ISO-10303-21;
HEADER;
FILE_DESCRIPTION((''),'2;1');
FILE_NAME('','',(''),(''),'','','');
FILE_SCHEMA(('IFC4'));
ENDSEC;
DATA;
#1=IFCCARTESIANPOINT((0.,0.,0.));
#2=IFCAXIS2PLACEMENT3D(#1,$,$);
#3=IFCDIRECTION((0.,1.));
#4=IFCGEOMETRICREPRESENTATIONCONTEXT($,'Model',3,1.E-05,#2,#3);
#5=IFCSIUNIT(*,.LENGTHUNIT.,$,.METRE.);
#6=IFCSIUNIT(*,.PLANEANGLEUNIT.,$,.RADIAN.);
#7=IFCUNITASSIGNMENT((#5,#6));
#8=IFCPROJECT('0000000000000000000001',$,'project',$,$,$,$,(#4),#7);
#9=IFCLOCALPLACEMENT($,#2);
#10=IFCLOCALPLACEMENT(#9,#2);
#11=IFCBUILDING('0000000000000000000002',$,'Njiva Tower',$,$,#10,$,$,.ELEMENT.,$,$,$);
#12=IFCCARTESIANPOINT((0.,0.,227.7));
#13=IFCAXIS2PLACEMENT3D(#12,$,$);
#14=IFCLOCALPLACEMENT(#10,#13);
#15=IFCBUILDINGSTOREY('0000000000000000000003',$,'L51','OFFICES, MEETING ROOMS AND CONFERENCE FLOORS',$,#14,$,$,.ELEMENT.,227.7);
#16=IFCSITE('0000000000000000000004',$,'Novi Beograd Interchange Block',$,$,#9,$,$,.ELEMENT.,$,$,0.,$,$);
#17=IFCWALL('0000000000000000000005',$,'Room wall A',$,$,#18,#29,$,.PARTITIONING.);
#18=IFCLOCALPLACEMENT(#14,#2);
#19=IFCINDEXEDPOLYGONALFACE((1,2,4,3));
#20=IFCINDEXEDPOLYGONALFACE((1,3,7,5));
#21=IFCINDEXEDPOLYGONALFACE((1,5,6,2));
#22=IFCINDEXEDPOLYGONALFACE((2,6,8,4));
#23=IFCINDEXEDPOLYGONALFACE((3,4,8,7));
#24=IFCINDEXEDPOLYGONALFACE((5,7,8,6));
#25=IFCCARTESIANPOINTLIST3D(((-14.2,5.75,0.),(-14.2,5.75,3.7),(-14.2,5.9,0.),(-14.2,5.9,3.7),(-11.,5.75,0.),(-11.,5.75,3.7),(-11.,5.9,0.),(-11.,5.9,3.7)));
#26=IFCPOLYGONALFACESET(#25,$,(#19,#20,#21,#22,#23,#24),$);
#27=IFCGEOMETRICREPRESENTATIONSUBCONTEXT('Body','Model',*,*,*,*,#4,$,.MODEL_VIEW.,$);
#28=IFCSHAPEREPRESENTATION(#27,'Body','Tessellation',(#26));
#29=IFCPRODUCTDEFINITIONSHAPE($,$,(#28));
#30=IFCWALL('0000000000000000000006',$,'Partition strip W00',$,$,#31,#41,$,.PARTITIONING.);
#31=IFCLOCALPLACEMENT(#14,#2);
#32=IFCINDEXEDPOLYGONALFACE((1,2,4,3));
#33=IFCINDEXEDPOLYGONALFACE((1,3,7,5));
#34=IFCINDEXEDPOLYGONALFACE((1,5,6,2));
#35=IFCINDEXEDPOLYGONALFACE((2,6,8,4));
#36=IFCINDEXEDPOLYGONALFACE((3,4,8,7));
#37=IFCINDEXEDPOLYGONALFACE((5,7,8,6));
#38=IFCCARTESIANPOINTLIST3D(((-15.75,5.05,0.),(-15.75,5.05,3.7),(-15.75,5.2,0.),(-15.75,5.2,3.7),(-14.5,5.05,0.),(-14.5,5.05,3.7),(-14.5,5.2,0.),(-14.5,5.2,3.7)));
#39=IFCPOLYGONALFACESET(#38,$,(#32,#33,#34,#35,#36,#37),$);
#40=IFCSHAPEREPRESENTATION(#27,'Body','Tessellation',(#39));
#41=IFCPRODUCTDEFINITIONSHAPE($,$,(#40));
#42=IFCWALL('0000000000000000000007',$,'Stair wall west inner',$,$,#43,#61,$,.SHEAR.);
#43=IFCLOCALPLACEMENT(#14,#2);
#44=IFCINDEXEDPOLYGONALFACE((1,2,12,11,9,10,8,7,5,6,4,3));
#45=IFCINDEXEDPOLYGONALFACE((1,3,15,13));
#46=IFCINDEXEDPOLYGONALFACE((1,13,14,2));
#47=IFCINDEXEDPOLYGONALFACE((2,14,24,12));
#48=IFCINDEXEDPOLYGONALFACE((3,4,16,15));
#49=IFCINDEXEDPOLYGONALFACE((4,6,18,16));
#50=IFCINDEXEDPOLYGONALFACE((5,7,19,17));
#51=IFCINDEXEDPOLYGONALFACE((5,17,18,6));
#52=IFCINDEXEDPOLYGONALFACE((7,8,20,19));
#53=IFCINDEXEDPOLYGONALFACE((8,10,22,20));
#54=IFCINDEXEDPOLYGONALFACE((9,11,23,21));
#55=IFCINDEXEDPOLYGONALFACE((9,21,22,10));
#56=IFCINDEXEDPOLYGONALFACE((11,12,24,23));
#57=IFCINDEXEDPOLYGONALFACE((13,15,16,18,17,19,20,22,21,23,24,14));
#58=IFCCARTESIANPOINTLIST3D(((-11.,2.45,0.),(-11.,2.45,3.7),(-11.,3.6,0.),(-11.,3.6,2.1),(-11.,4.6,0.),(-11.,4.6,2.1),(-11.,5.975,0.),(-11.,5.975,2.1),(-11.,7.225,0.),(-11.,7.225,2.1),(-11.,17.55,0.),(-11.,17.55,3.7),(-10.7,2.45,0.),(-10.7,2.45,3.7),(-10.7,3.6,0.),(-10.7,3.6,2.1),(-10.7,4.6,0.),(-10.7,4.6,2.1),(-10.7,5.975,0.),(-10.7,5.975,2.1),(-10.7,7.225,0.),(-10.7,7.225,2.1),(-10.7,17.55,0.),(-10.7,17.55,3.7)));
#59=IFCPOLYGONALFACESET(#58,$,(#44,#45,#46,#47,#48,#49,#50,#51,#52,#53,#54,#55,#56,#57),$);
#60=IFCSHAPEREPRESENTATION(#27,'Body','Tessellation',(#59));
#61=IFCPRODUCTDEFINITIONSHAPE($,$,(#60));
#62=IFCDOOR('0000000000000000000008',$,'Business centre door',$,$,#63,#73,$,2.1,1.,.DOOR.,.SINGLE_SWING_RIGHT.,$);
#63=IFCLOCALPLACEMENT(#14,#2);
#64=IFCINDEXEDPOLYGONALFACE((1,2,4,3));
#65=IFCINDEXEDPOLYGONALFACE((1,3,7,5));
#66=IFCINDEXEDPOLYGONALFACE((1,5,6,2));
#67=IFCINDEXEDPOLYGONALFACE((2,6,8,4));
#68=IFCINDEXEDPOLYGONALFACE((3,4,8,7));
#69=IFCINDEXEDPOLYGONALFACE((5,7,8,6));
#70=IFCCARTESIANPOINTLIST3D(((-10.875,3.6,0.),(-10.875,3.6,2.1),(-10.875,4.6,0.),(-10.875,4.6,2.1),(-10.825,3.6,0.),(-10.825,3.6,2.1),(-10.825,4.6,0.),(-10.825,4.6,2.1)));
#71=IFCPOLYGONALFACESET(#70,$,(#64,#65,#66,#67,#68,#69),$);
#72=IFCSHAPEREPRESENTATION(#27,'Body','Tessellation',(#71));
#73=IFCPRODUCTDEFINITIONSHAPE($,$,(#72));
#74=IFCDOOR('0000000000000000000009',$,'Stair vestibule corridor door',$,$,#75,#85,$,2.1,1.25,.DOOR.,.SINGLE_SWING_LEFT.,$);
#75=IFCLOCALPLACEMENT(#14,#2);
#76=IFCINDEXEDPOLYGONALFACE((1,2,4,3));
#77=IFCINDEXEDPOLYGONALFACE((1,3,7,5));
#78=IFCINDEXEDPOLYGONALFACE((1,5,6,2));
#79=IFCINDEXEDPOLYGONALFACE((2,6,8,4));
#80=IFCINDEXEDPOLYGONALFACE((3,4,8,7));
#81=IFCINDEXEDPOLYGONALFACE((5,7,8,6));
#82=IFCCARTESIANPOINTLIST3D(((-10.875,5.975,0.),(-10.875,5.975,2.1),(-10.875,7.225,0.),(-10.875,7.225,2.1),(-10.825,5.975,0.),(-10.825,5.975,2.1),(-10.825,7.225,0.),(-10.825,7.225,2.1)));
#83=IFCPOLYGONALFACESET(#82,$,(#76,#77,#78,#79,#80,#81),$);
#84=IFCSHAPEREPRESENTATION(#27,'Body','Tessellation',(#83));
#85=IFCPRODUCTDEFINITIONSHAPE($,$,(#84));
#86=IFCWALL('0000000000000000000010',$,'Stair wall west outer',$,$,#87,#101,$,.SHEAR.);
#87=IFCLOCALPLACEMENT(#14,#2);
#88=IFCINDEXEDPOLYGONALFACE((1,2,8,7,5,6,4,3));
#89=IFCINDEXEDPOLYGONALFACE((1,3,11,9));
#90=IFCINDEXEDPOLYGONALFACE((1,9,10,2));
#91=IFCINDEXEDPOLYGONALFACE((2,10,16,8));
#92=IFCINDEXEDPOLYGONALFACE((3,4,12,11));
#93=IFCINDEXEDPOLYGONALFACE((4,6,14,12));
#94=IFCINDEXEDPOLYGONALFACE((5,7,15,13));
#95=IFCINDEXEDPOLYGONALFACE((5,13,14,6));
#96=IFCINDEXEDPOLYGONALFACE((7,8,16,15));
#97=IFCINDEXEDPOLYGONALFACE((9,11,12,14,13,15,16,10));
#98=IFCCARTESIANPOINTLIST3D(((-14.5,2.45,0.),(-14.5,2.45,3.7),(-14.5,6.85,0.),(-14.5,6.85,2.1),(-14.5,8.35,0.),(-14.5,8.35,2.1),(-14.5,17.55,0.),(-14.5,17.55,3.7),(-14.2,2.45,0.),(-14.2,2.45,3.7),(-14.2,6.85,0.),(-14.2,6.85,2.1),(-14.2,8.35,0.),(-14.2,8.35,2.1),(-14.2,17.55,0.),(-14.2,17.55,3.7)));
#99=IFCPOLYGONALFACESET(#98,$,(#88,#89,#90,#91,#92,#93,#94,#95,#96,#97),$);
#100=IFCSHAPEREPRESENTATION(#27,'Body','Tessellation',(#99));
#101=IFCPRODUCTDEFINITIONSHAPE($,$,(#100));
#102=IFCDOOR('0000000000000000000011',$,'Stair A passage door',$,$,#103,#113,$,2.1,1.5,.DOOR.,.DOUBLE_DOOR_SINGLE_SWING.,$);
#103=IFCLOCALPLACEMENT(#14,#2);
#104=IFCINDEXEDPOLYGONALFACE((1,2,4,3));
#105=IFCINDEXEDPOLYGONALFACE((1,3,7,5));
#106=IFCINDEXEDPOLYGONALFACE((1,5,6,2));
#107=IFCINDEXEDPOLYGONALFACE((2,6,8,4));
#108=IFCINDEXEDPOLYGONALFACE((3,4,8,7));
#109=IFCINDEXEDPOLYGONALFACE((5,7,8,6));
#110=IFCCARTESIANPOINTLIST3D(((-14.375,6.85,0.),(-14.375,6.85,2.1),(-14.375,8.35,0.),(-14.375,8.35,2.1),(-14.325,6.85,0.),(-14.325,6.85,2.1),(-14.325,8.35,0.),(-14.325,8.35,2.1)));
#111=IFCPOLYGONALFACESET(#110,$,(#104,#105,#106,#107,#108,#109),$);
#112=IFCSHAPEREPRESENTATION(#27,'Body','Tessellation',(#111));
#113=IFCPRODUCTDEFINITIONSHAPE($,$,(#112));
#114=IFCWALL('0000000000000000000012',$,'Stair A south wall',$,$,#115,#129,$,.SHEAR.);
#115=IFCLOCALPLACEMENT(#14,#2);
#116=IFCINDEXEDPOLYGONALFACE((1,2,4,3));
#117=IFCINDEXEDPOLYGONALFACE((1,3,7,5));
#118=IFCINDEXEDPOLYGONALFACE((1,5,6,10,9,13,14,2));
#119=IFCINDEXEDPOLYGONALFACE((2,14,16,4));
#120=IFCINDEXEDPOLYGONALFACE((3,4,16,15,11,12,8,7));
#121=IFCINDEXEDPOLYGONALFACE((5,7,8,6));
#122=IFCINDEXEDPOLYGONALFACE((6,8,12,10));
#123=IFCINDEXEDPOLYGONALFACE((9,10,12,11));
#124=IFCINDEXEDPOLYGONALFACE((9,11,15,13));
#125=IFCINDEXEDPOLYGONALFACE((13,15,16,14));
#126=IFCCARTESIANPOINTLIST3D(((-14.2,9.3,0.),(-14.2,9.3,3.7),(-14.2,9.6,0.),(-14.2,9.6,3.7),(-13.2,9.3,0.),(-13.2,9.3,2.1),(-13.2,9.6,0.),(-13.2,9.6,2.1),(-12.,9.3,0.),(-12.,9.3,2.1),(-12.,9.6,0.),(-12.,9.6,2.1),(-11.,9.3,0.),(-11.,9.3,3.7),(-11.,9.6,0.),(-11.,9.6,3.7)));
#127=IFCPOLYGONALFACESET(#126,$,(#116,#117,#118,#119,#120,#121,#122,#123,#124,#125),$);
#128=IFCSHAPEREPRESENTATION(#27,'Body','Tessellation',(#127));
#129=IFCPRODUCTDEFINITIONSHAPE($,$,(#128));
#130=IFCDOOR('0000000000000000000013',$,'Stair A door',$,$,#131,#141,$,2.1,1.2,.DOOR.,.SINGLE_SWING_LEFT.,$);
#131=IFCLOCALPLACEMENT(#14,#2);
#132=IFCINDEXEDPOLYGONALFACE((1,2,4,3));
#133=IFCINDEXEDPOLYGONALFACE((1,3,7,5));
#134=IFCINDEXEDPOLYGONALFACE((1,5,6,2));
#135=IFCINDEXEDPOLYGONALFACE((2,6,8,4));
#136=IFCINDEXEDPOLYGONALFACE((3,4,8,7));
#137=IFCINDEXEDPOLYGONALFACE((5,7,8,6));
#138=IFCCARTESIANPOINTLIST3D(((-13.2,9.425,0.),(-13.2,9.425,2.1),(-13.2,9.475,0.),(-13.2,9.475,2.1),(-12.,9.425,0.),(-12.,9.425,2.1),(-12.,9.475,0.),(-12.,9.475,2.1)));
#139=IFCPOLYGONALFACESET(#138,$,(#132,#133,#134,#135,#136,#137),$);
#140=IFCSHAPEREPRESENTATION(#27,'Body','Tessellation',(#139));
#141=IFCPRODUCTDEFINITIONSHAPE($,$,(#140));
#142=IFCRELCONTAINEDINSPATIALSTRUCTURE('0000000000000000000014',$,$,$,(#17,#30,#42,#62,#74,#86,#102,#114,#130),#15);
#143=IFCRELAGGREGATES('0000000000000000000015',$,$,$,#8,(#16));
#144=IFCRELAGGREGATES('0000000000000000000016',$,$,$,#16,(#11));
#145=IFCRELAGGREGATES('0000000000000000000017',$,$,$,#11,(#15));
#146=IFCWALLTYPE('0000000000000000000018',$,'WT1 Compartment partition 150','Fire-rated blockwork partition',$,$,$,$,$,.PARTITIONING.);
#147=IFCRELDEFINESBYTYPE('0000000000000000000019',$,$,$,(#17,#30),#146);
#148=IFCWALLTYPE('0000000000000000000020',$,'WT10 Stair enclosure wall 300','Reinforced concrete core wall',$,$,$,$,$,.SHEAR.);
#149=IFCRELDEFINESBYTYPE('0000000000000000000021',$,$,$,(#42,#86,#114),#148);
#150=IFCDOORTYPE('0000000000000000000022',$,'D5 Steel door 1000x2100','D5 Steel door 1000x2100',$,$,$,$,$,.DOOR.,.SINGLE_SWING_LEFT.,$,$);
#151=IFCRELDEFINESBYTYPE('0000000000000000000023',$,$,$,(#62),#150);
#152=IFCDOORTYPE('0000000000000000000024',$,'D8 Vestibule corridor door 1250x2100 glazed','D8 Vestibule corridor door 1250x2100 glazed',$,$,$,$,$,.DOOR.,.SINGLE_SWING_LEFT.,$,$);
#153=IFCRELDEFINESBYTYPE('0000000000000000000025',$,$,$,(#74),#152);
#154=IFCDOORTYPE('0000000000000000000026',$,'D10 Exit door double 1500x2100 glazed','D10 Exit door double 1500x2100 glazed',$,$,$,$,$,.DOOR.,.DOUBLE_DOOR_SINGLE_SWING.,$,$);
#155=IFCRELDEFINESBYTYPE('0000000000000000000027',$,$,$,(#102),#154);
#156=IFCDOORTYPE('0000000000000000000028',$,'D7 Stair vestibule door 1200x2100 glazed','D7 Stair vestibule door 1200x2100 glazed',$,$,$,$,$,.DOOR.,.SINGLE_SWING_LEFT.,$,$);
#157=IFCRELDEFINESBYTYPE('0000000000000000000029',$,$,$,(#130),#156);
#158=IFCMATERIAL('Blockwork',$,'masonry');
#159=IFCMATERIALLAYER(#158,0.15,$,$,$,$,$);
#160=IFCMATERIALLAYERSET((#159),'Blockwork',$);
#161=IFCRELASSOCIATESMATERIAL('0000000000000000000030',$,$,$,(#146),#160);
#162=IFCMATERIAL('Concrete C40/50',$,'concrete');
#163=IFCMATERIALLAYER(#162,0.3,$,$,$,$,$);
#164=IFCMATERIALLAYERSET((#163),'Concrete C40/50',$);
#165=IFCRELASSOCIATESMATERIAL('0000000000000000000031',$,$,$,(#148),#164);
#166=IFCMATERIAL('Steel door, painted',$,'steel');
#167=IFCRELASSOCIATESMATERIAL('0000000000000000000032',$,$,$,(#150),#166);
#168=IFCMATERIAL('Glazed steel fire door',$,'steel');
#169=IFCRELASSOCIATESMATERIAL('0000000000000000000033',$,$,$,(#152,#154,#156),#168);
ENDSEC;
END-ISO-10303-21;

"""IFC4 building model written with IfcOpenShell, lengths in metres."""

from ifc_helpers import new_model, si_unit, direction, frame, frame_2d, origin, place, context, subcontext, project, spatial, rectangle, extrude, material, layer, layer_set, type_object, element, fill, save


model = new_model("IFC4")

# Units and contexts
model_context = context("Model", 3, precision=1e-05, world=origin(), true_north=direction((0.0, 1.0)))
body_context = subcontext(model_context, "Body", "Model", "MODEL_VIEW")
ifc_project = project(units=[si_unit("LENGTHUNIT", "METRE"), si_unit("PLANEANGLEUNIT", "RADIAN")], contexts=[model_context])

# Site, building, storey
site_placement = place(None, origin())
site = spatial("IfcSite", under=ifc_project, at=site_placement, Name="Novi Beograd Interchange Block", CompositionType="ELEMENT", RefElevation=0.0)
building_placement = place(site_placement, origin())
building = spatial("IfcBuilding", under=site, at=building_placement, Name="Njiva Tower", CompositionType="ELEMENT")
storey_placement = place(building_placement, frame((0.0, 0.0, 227.7)))
storey = spatial("IfcBuildingStorey", under=building, at=storey_placement, Name="L51", Description="OFFICES, MEETING ROOMS AND CONFERENCE FLOORS", CompositionType="ELEMENT", Elevation=227.7)

# Walls
ifc_material_1 = material(Name="Blockwork", Category="masonry")
ifc_layer_1 = layer(ifc_material_1, 0.15)
ifc_layer_set_1 = layer_set([ifc_layer_1], Name="Blockwork")
wall_type_1 = type_object("IfcWallType", Name="WT1 Compartment partition 150", Description="Fire-rated blockwork partition", PredefinedType="PARTITIONING", material=ifc_layer_set_1)
wall_1_placement = place(storey_placement, frame((-14.2, 5.825, 0.0), z_axis=(0.0, 0.0, 1.0), x_axis=(1.0, 0.0, 0.0)))
element("IfcWall", 1, at=wall_1_placement, inside=storey, type_object=wall_type_1, Name="Room wall A", PredefinedType="PARTITIONING", context=body_context, shape_type="SweptSolid", body=[
    extrude(rectangle(XDim=3.2, YDim=0.15, at=frame_2d((1.6, 0.0))), origin(), (0.0, 0.0, 1.0), 3.7),
])
wall_2_placement = place(storey_placement, frame((-15.75, 5.125, 0.0), z_axis=(0.0, 0.0, 1.0), x_axis=(1.0, 0.0, 0.0)))
element("IfcWall", 2, at=wall_2_placement, inside=storey, type_object=wall_type_1, Name="Partition strip W00", PredefinedType="PARTITIONING", context=body_context, shape_type="SweptSolid", body=[
    extrude(rectangle(XDim=1.25, YDim=0.15, at=frame_2d((0.625, 0.0))), origin(), (0.0, 0.0, 1.0), 3.7),
])

# Wall, openings, doors
ifc_material_2 = material(Name="Concrete C40/50", Category="concrete")
ifc_layer_2 = layer(ifc_material_2, 0.3)
ifc_layer_set_2 = layer_set([ifc_layer_2], Name="Concrete C40/50")
wall_type_2 = type_object("IfcWallType", Name="WT10 Stair enclosure wall 300", Description="Reinforced concrete core wall", PredefinedType="SHEAR", material=ifc_layer_set_2)
wall_3_placement = place(storey_placement, frame((-10.85, 2.45, 0.0), z_axis=(0.0, 0.0, 1.0), x_axis=(0.0, 1.0, 0.0)))
wall_3 = element("IfcWall", 3, at=wall_3_placement, inside=storey, type_object=wall_type_2, Name="Stair wall west inner", PredefinedType="SHEAR", context=body_context, shape_type="SweptSolid", body=[
    extrude(rectangle(XDim=15.1, YDim=0.3, at=frame_2d((7.55, 0.0))), origin(), (0.0, 0.0, 1.0), 3.7),
])
opening_1_placement = place(wall_3_placement, frame((3.525, 0.0, 0.0)))
opening_1 = element("IfcOpeningElement", 4, at=opening_1_placement, cuts=wall_3, PredefinedType="OPENING", context=body_context, shape_type="SweptSolid", body=[
    extrude(rectangle(XDim=1.25, YDim=2.1, at=frame_2d((0.625, 1.05))), frame((0.0, 0.16, 0.0), z_axis=(0.0, -1.0, 0.0), x_axis=(1.0, 0.0, 0.0)), (0.0, 0.0, 1.0), 0.32),
])
opening_2_placement = place(wall_3_placement, frame((1.15, 0.0, 0.0)))
opening_2 = element("IfcOpeningElement", 5, at=opening_2_placement, cuts=wall_3, PredefinedType="OPENING", context=body_context, shape_type="SweptSolid", body=[
    extrude(rectangle(XDim=1.0, YDim=2.1, at=frame_2d((0.5, 1.05))), frame((0.0, 0.16, 0.0), z_axis=(0.0, -1.0, 0.0), x_axis=(1.0, 0.0, 0.0)), (0.0, 0.0, 1.0), 0.32),
])
ifc_material_3 = material(Name="Steel door, painted", Category="steel")
door_type_1 = type_object("IfcDoorType", Name="D5 Steel door 1000x2100", Description="D5 Steel door 1000x2100", OperationType="SINGLE_SWING_LEFT", PredefinedType="DOOR", material=ifc_material_3)
door_1_placement = place(opening_2_placement, origin())
door_1 = element("IfcDoor", 6, at=door_1_placement, inside=storey, type_object=door_type_1, Name="Business centre door", OperationType="SINGLE_SWING_RIGHT", OverallHeight=2.1, OverallWidth=1.0, PredefinedType="DOOR", context=body_context, shape_type="SweptSolid", body=[
    extrude(rectangle(XDim=1.0, YDim=2.1, at=frame_2d((0.5, 1.05))), frame((0.0, 0.025, 0.0), z_axis=(0.0, -1.0, 0.0), x_axis=(1.0, 0.0, 0.0)), (0.0, 0.0, 1.0), 0.05),
])
fill(opening_2, door_1)
ifc_material_4 = material(Name="Glazed steel fire door", Category="steel")
door_type_2 = type_object("IfcDoorType", Name="D8 Vestibule corridor door 1250x2100 glazed", Description="D8 Vestibule corridor door 1250x2100 glazed", OperationType="SINGLE_SWING_LEFT", PredefinedType="DOOR", material=ifc_material_4)
door_2_placement = place(opening_1_placement, origin())
door_2 = element("IfcDoor", 7, at=door_2_placement, inside=storey, type_object=door_type_2, Name="Stair vestibule corridor door", OperationType="SINGLE_SWING_LEFT", OverallHeight=2.1, OverallWidth=1.25, PredefinedType="DOOR", context=body_context, shape_type="SweptSolid", body=[
    extrude(rectangle(XDim=1.25, YDim=2.1, at=frame_2d((0.625, 1.05))), frame((0.0, 0.025, 0.0), z_axis=(0.0, -1.0, 0.0), x_axis=(1.0, 0.0, 0.0)), (0.0, 0.0, 1.0), 0.05),
])
fill(opening_1, door_2)

# Walls, openings, doors
wall_4_placement = place(storey_placement, frame((-14.35, 2.45, 0.0), z_axis=(0.0, 0.0, 1.0), x_axis=(0.0, 1.0, 0.0)))
wall_4 = element("IfcWall", 8, at=wall_4_placement, inside=storey, type_object=wall_type_2, Name="Stair wall west outer", PredefinedType="SHEAR", context=body_context, shape_type="SweptSolid", body=[
    extrude(rectangle(XDim=15.1, YDim=0.3, at=frame_2d((7.55, 0.0))), origin(), (0.0, 0.0, 1.0), 3.7),
])
opening_3_placement = place(wall_4_placement, frame((4.4, 0.0, 0.0)))
opening_3 = element("IfcOpeningElement", 9, at=opening_3_placement, cuts=wall_4, PredefinedType="OPENING", context=body_context, shape_type="SweptSolid", body=[
    extrude(rectangle(XDim=1.5, YDim=2.1, at=frame_2d((0.75, 1.05))), frame((0.0, 0.16, 0.0), z_axis=(0.0, -1.0, 0.0), x_axis=(1.0, 0.0, 0.0)), (0.0, 0.0, 1.0), 0.32),
])
door_type_3 = type_object("IfcDoorType", Name="D10 Exit door double 1500x2100 glazed", Description="D10 Exit door double 1500x2100 glazed", OperationType="DOUBLE_DOOR_SINGLE_SWING", PredefinedType="DOOR", material=ifc_material_4)
door_3_placement = place(opening_3_placement, origin())
door_3 = element("IfcDoor", 10, at=door_3_placement, inside=storey, type_object=door_type_3, Name="Stair A passage door", OperationType="DOUBLE_DOOR_SINGLE_SWING", OverallHeight=2.1, OverallWidth=1.5, PredefinedType="DOOR", context=body_context, shape_type="SweptSolid", body=[
    extrude(rectangle(XDim=1.5, YDim=2.1, at=frame_2d((0.75, 1.05))), frame((0.0, 0.025, 0.0), z_axis=(0.0, -1.0, 0.0), x_axis=(1.0, 0.0, 0.0)), (0.0, 0.0, 1.0), 0.05),
])
fill(opening_3, door_3)
wall_5_placement = place(storey_placement, frame((-14.2, 9.45, 0.0), z_axis=(0.0, 0.0, 1.0), x_axis=(1.0, 0.0, 0.0)))
wall_5 = element("IfcWall", 11, at=wall_5_placement, inside=storey, type_object=wall_type_2, Name="Stair A south wall", PredefinedType="SHEAR", context=body_context, shape_type="SweptSolid", body=[
    extrude(rectangle(XDim=3.2, YDim=0.3, at=frame_2d((1.6, 0.0))), origin(), (0.0, 0.0, 1.0), 3.7),
])
opening_4_placement = place(wall_5_placement, frame((1.0, 0.0, 0.0)))
opening_4 = element("IfcOpeningElement", 12, at=opening_4_placement, cuts=wall_5, PredefinedType="OPENING", context=body_context, shape_type="SweptSolid", body=[
    extrude(rectangle(XDim=1.2, YDim=2.1, at=frame_2d((0.6, 1.05))), frame((0.0, 0.16, 0.0), z_axis=(0.0, -1.0, 0.0), x_axis=(1.0, 0.0, 0.0)), (0.0, 0.0, 1.0), 0.32),
])
door_type_4 = type_object("IfcDoorType", Name="D7 Stair vestibule door 1200x2100 glazed", Description="D7 Stair vestibule door 1200x2100 glazed", OperationType="SINGLE_SWING_LEFT", PredefinedType="DOOR", material=ifc_material_4)
door_4_placement = place(opening_4_placement, origin())
door_4 = element("IfcDoor", 13, at=door_4_placement, inside=storey, type_object=door_type_4, Name="Stair A door", OperationType="SINGLE_SWING_LEFT", OverallHeight=2.1, OverallWidth=1.2, PredefinedType="DOOR", context=body_context, shape_type="SweptSolid", body=[
    extrude(rectangle(XDim=1.2, YDim=2.1, at=frame_2d((0.6, 1.05))), frame((0.0, 0.025, 0.0), z_axis=(0.0, -1.0, 0.0), x_axis=(1.0, 0.0, 0.0)), (0.0, 0.0, 1.0), 0.05),
])
fill(opening_4, door_4)

save(model, "model.ifc")
